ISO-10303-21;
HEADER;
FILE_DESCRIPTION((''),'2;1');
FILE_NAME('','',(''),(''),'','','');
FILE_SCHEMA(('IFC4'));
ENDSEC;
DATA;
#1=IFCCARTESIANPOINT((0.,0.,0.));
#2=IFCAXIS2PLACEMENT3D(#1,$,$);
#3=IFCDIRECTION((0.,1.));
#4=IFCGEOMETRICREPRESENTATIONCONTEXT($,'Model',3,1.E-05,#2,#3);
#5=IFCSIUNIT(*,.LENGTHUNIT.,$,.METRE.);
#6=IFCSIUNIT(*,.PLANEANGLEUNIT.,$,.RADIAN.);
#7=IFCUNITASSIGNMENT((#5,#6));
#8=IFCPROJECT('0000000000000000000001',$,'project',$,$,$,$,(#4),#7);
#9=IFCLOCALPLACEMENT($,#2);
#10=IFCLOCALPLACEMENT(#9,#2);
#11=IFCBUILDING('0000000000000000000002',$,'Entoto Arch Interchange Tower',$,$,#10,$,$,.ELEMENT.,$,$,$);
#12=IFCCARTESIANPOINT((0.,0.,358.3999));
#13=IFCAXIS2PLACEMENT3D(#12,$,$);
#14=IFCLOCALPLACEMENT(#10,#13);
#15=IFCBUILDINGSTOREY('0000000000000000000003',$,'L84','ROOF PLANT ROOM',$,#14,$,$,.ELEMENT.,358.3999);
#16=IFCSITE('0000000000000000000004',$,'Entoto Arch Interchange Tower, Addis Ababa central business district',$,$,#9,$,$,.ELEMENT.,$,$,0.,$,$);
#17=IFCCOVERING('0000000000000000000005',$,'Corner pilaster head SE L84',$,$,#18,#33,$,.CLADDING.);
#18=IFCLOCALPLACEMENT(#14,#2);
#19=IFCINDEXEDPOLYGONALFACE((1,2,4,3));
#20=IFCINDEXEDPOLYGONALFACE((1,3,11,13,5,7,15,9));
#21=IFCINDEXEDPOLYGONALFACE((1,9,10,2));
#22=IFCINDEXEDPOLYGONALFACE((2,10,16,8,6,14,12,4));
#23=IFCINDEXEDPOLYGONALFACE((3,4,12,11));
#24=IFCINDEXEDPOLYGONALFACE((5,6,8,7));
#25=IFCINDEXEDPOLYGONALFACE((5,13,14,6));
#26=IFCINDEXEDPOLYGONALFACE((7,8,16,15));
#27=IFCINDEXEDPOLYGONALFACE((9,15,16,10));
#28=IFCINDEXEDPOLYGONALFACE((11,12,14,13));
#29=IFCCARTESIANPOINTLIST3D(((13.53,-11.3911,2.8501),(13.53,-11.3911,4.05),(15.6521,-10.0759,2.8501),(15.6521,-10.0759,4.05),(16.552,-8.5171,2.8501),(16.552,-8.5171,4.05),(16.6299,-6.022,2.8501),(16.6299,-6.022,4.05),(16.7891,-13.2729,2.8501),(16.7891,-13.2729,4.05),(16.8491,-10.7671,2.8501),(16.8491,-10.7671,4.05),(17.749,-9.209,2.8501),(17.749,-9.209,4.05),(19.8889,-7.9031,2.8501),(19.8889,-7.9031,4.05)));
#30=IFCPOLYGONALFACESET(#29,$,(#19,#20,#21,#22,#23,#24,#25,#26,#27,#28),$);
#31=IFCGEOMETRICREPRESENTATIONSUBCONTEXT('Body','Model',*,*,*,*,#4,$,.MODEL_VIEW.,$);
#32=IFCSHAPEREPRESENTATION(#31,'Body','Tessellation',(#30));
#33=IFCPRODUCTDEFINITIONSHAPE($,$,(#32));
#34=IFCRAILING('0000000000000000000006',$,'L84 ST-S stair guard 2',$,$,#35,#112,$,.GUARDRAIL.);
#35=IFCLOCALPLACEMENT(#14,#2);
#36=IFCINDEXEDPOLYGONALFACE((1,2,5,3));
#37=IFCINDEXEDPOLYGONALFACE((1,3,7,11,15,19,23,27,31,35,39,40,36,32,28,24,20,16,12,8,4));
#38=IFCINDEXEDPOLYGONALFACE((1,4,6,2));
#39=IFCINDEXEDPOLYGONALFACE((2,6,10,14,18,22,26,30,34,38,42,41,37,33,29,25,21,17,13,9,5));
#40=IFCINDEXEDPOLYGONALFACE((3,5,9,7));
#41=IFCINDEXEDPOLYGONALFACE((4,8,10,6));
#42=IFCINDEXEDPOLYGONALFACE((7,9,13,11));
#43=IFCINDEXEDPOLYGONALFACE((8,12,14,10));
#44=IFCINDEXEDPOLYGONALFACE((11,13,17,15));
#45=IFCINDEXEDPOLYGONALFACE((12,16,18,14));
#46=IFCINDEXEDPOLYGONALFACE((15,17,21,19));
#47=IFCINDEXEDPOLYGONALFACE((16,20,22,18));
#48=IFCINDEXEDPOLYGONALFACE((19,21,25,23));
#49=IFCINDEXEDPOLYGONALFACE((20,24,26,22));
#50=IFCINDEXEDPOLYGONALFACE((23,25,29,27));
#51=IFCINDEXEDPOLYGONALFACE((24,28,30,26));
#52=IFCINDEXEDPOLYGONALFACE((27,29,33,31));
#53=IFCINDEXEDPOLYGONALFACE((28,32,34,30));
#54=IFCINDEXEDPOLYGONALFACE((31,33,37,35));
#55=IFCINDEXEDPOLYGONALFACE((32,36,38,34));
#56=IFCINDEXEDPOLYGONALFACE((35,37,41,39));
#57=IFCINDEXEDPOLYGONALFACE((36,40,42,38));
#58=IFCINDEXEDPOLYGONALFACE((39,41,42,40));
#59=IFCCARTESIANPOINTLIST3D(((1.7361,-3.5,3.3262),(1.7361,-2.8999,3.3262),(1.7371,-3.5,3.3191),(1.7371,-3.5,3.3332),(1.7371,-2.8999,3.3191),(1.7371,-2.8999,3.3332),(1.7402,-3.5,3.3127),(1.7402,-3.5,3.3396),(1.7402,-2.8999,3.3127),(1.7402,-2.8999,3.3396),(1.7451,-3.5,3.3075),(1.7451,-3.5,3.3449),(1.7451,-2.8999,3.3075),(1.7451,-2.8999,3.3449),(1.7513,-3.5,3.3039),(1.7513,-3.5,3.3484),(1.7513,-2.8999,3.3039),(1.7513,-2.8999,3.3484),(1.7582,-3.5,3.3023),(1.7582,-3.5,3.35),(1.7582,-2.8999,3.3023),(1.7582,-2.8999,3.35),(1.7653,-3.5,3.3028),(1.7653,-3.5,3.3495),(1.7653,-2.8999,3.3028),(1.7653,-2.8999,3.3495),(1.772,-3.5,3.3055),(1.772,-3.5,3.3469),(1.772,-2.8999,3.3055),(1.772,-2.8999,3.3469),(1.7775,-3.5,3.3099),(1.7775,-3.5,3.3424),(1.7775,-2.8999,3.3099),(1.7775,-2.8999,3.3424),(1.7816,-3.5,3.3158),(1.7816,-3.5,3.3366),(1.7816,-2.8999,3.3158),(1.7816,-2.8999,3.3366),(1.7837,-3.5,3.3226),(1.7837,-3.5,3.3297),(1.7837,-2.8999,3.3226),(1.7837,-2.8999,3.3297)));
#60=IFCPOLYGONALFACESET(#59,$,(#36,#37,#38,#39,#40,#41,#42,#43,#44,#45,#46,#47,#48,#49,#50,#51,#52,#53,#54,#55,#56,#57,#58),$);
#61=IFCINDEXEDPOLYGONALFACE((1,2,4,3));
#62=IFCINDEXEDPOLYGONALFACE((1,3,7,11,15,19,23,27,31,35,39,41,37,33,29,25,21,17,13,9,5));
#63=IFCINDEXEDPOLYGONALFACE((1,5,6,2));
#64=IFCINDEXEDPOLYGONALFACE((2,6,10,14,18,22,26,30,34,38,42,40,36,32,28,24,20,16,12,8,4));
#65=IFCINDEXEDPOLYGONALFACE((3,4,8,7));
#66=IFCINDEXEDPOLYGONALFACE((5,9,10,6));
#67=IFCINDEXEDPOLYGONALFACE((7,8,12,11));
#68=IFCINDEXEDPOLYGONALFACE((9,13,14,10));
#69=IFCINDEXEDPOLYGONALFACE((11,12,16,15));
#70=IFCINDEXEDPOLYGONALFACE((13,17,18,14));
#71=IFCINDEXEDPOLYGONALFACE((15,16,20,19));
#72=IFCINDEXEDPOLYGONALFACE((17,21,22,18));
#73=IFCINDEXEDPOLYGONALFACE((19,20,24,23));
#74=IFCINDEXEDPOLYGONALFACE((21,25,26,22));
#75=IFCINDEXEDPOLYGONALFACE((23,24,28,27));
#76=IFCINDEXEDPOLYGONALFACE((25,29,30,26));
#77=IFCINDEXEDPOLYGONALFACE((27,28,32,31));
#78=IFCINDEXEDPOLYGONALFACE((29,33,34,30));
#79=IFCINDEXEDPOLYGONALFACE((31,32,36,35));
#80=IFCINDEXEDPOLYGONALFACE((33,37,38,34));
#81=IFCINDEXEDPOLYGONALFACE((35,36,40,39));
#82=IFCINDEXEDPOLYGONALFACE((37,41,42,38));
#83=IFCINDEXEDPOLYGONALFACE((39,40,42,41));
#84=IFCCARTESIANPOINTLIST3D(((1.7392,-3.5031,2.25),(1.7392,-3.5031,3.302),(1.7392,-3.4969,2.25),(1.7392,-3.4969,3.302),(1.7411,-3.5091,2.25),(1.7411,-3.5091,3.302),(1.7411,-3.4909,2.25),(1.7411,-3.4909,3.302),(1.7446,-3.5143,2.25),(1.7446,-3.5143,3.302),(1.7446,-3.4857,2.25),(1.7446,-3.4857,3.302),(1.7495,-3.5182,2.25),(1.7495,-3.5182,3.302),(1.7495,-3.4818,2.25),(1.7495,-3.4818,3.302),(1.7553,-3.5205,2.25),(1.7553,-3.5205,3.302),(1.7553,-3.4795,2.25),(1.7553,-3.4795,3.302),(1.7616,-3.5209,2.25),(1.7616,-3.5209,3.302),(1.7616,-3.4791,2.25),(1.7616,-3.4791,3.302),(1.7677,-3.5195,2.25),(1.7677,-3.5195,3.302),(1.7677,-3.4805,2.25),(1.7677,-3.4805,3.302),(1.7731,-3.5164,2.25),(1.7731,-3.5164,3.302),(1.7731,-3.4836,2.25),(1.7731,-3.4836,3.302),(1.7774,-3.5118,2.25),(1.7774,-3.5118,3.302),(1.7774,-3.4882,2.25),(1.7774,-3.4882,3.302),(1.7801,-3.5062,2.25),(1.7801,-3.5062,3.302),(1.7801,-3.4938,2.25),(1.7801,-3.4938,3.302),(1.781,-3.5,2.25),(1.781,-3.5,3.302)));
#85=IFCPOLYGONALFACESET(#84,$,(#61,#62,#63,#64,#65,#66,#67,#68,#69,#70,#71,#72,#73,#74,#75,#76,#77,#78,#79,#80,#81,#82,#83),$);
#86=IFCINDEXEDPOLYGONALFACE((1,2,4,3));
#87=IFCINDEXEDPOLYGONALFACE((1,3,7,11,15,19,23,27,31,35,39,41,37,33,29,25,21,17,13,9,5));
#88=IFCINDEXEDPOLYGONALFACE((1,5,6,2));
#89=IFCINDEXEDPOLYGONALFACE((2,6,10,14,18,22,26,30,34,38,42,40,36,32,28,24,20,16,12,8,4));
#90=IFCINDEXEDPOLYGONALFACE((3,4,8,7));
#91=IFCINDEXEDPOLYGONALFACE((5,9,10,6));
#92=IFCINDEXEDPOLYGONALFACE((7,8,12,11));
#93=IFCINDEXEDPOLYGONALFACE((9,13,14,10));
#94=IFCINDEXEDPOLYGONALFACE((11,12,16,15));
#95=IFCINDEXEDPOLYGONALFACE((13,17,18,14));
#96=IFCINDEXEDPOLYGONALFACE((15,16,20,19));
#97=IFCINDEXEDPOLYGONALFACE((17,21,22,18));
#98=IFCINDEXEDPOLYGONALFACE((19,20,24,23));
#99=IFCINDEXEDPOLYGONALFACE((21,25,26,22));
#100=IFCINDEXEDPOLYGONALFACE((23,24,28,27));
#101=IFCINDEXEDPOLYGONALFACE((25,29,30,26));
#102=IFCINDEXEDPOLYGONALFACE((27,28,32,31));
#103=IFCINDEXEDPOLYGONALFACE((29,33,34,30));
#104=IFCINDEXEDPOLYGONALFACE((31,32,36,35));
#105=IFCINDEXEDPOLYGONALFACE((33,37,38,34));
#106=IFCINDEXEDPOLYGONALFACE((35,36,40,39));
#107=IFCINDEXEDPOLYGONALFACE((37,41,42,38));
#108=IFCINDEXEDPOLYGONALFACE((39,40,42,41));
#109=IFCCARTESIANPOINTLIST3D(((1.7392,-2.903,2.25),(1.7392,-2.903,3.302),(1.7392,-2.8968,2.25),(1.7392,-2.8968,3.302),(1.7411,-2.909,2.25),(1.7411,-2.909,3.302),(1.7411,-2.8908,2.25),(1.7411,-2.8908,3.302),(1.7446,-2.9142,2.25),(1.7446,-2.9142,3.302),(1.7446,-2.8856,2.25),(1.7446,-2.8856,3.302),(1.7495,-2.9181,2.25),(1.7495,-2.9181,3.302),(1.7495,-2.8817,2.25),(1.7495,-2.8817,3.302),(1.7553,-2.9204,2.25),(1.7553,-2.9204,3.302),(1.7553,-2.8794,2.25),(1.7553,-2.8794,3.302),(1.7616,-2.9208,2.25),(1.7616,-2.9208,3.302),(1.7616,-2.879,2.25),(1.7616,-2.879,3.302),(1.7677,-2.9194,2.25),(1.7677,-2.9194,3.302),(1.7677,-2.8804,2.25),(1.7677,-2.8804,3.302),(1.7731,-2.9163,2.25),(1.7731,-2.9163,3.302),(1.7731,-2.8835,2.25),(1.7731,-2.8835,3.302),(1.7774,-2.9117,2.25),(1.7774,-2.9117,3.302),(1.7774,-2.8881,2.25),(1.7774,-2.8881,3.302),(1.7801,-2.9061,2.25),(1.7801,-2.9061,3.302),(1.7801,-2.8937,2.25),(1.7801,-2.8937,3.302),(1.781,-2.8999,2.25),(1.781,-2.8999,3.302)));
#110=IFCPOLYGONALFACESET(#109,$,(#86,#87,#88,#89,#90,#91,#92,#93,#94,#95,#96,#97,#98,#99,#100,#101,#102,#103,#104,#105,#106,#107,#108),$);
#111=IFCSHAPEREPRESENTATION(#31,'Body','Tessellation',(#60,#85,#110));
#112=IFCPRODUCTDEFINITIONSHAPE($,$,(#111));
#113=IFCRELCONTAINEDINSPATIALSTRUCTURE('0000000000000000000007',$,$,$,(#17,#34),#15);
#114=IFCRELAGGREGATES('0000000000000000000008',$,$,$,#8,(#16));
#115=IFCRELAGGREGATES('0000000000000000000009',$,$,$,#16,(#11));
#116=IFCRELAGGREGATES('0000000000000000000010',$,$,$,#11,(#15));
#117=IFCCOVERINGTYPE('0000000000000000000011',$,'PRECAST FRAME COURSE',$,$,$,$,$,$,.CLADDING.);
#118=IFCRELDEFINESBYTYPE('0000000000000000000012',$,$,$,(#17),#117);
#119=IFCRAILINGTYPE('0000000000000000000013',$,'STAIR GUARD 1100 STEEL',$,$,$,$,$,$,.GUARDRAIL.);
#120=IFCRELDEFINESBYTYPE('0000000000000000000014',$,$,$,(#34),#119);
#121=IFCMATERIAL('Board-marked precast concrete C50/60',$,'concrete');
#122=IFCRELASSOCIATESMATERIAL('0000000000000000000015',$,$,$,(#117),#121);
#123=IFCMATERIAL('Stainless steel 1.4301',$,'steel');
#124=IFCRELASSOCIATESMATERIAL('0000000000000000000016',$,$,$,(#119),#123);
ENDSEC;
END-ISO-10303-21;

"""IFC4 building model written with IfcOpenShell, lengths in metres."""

from ifc_helpers import new_model, si_unit, direction, frame, origin, origin_2d, place, context, subcontext, project, spatial, polyline, circle, outline, extrude, material, type_object, element, save


model = new_model("IFC4")

# Units and contexts
model_context = context("Model", 3, precision=1e-05, world=origin(), true_north=direction((0.0, 1.0)))
body_context = subcontext(model_context, "Body", "Model", "MODEL_VIEW")
ifc_project = project(units=[si_unit("LENGTHUNIT", "METRE"), si_unit("PLANEANGLEUNIT", "RADIAN")], contexts=[model_context])

# Site, building, storey
site_placement = place(None, origin())
site = spatial("IfcSite", under=ifc_project, at=site_placement, Name="Entoto Arch Interchange Tower, Addis Ababa central business district", CompositionType="ELEMENT", RefElevation=0.0)
building_placement = place(site_placement, origin())
building = spatial("IfcBuilding", under=site, at=building_placement, Name="Entoto Arch Interchange Tower", CompositionType="ELEMENT")
storey_placement = place(building_placement, frame((0.0, 0.0, 358.3999)))
storey = spatial("IfcBuildingStorey", under=building, at=storey_placement, Name="L84", Description="ROOF PLANT ROOM", CompositionType="ELEMENT", Elevation=358.3999)

# Shared definitions
ifc_material_1 = material(Name="Board-marked precast concrete C50/60", Category="concrete")

# Covering
covering_type = type_object("IfcCoveringType", Name="PRECAST FRAME COURSE", PredefinedType="CLADDING", material=ifc_material_1)
covering_1_placement = place(storey_placement, frame((0.0, 0.0, 2.8501)))
element("IfcCovering", 1, at=covering_1_placement, inside=storey, type_object=covering_type, Name="Corner pilaster head SE L84", PredefinedType="CLADDING", context=body_context, shape_type="SweptSolid", body=[
    extrude(outline(polyline([(19.8889, -7.9031), (16.7891, -13.2729), (13.53, -11.3911), (15.6521, -10.0759), (16.8491, -10.7671), (17.749, -9.209), (16.552, -8.5171), (16.6299, -6.022), (19.8889, -7.9031)])), origin(), (0.0, 0.0, 1.0), 1.2),
])

# Railing
ifc_material_2 = material(Name="Stainless steel 1.4301", Category="steel")
railing_type_1 = type_object("IfcRailingType", Name="STAIR GUARD 1100 STEEL", PredefinedType="GUARDRAIL", material=ifc_material_2)
railing_1_placement = place(storey_placement, frame((1.76, -3.5, 2.25)))
element("IfcRailing", 2, at=railing_1_placement, inside=storey, type_object=railing_type_1, Name="L84 ST-S stair guard 2", PredefinedType="GUARDRAIL", context=body_context, shape_type="SweptSolid", body=[
    extrude(circle(Radius=0.0239, at=origin_2d()), frame((0.0, 0.0, 1.0762), z_axis=(0.0, 1.0, 0.0), x_axis=(-1.0, 0.0, 0.0)), (0.0, 0.0, 1.0), 0.6001),
    extrude(circle(Radius=0.021, at=origin_2d()), origin(), (0.0, 0.0, 1.0), 1.052),
    extrude(circle(Radius=0.021, at=origin_2d()), frame((0.0, 0.6001, 0.0)), (0.0, 0.0, 1.0), 1.052),
])

save(model, "model.ifc")
